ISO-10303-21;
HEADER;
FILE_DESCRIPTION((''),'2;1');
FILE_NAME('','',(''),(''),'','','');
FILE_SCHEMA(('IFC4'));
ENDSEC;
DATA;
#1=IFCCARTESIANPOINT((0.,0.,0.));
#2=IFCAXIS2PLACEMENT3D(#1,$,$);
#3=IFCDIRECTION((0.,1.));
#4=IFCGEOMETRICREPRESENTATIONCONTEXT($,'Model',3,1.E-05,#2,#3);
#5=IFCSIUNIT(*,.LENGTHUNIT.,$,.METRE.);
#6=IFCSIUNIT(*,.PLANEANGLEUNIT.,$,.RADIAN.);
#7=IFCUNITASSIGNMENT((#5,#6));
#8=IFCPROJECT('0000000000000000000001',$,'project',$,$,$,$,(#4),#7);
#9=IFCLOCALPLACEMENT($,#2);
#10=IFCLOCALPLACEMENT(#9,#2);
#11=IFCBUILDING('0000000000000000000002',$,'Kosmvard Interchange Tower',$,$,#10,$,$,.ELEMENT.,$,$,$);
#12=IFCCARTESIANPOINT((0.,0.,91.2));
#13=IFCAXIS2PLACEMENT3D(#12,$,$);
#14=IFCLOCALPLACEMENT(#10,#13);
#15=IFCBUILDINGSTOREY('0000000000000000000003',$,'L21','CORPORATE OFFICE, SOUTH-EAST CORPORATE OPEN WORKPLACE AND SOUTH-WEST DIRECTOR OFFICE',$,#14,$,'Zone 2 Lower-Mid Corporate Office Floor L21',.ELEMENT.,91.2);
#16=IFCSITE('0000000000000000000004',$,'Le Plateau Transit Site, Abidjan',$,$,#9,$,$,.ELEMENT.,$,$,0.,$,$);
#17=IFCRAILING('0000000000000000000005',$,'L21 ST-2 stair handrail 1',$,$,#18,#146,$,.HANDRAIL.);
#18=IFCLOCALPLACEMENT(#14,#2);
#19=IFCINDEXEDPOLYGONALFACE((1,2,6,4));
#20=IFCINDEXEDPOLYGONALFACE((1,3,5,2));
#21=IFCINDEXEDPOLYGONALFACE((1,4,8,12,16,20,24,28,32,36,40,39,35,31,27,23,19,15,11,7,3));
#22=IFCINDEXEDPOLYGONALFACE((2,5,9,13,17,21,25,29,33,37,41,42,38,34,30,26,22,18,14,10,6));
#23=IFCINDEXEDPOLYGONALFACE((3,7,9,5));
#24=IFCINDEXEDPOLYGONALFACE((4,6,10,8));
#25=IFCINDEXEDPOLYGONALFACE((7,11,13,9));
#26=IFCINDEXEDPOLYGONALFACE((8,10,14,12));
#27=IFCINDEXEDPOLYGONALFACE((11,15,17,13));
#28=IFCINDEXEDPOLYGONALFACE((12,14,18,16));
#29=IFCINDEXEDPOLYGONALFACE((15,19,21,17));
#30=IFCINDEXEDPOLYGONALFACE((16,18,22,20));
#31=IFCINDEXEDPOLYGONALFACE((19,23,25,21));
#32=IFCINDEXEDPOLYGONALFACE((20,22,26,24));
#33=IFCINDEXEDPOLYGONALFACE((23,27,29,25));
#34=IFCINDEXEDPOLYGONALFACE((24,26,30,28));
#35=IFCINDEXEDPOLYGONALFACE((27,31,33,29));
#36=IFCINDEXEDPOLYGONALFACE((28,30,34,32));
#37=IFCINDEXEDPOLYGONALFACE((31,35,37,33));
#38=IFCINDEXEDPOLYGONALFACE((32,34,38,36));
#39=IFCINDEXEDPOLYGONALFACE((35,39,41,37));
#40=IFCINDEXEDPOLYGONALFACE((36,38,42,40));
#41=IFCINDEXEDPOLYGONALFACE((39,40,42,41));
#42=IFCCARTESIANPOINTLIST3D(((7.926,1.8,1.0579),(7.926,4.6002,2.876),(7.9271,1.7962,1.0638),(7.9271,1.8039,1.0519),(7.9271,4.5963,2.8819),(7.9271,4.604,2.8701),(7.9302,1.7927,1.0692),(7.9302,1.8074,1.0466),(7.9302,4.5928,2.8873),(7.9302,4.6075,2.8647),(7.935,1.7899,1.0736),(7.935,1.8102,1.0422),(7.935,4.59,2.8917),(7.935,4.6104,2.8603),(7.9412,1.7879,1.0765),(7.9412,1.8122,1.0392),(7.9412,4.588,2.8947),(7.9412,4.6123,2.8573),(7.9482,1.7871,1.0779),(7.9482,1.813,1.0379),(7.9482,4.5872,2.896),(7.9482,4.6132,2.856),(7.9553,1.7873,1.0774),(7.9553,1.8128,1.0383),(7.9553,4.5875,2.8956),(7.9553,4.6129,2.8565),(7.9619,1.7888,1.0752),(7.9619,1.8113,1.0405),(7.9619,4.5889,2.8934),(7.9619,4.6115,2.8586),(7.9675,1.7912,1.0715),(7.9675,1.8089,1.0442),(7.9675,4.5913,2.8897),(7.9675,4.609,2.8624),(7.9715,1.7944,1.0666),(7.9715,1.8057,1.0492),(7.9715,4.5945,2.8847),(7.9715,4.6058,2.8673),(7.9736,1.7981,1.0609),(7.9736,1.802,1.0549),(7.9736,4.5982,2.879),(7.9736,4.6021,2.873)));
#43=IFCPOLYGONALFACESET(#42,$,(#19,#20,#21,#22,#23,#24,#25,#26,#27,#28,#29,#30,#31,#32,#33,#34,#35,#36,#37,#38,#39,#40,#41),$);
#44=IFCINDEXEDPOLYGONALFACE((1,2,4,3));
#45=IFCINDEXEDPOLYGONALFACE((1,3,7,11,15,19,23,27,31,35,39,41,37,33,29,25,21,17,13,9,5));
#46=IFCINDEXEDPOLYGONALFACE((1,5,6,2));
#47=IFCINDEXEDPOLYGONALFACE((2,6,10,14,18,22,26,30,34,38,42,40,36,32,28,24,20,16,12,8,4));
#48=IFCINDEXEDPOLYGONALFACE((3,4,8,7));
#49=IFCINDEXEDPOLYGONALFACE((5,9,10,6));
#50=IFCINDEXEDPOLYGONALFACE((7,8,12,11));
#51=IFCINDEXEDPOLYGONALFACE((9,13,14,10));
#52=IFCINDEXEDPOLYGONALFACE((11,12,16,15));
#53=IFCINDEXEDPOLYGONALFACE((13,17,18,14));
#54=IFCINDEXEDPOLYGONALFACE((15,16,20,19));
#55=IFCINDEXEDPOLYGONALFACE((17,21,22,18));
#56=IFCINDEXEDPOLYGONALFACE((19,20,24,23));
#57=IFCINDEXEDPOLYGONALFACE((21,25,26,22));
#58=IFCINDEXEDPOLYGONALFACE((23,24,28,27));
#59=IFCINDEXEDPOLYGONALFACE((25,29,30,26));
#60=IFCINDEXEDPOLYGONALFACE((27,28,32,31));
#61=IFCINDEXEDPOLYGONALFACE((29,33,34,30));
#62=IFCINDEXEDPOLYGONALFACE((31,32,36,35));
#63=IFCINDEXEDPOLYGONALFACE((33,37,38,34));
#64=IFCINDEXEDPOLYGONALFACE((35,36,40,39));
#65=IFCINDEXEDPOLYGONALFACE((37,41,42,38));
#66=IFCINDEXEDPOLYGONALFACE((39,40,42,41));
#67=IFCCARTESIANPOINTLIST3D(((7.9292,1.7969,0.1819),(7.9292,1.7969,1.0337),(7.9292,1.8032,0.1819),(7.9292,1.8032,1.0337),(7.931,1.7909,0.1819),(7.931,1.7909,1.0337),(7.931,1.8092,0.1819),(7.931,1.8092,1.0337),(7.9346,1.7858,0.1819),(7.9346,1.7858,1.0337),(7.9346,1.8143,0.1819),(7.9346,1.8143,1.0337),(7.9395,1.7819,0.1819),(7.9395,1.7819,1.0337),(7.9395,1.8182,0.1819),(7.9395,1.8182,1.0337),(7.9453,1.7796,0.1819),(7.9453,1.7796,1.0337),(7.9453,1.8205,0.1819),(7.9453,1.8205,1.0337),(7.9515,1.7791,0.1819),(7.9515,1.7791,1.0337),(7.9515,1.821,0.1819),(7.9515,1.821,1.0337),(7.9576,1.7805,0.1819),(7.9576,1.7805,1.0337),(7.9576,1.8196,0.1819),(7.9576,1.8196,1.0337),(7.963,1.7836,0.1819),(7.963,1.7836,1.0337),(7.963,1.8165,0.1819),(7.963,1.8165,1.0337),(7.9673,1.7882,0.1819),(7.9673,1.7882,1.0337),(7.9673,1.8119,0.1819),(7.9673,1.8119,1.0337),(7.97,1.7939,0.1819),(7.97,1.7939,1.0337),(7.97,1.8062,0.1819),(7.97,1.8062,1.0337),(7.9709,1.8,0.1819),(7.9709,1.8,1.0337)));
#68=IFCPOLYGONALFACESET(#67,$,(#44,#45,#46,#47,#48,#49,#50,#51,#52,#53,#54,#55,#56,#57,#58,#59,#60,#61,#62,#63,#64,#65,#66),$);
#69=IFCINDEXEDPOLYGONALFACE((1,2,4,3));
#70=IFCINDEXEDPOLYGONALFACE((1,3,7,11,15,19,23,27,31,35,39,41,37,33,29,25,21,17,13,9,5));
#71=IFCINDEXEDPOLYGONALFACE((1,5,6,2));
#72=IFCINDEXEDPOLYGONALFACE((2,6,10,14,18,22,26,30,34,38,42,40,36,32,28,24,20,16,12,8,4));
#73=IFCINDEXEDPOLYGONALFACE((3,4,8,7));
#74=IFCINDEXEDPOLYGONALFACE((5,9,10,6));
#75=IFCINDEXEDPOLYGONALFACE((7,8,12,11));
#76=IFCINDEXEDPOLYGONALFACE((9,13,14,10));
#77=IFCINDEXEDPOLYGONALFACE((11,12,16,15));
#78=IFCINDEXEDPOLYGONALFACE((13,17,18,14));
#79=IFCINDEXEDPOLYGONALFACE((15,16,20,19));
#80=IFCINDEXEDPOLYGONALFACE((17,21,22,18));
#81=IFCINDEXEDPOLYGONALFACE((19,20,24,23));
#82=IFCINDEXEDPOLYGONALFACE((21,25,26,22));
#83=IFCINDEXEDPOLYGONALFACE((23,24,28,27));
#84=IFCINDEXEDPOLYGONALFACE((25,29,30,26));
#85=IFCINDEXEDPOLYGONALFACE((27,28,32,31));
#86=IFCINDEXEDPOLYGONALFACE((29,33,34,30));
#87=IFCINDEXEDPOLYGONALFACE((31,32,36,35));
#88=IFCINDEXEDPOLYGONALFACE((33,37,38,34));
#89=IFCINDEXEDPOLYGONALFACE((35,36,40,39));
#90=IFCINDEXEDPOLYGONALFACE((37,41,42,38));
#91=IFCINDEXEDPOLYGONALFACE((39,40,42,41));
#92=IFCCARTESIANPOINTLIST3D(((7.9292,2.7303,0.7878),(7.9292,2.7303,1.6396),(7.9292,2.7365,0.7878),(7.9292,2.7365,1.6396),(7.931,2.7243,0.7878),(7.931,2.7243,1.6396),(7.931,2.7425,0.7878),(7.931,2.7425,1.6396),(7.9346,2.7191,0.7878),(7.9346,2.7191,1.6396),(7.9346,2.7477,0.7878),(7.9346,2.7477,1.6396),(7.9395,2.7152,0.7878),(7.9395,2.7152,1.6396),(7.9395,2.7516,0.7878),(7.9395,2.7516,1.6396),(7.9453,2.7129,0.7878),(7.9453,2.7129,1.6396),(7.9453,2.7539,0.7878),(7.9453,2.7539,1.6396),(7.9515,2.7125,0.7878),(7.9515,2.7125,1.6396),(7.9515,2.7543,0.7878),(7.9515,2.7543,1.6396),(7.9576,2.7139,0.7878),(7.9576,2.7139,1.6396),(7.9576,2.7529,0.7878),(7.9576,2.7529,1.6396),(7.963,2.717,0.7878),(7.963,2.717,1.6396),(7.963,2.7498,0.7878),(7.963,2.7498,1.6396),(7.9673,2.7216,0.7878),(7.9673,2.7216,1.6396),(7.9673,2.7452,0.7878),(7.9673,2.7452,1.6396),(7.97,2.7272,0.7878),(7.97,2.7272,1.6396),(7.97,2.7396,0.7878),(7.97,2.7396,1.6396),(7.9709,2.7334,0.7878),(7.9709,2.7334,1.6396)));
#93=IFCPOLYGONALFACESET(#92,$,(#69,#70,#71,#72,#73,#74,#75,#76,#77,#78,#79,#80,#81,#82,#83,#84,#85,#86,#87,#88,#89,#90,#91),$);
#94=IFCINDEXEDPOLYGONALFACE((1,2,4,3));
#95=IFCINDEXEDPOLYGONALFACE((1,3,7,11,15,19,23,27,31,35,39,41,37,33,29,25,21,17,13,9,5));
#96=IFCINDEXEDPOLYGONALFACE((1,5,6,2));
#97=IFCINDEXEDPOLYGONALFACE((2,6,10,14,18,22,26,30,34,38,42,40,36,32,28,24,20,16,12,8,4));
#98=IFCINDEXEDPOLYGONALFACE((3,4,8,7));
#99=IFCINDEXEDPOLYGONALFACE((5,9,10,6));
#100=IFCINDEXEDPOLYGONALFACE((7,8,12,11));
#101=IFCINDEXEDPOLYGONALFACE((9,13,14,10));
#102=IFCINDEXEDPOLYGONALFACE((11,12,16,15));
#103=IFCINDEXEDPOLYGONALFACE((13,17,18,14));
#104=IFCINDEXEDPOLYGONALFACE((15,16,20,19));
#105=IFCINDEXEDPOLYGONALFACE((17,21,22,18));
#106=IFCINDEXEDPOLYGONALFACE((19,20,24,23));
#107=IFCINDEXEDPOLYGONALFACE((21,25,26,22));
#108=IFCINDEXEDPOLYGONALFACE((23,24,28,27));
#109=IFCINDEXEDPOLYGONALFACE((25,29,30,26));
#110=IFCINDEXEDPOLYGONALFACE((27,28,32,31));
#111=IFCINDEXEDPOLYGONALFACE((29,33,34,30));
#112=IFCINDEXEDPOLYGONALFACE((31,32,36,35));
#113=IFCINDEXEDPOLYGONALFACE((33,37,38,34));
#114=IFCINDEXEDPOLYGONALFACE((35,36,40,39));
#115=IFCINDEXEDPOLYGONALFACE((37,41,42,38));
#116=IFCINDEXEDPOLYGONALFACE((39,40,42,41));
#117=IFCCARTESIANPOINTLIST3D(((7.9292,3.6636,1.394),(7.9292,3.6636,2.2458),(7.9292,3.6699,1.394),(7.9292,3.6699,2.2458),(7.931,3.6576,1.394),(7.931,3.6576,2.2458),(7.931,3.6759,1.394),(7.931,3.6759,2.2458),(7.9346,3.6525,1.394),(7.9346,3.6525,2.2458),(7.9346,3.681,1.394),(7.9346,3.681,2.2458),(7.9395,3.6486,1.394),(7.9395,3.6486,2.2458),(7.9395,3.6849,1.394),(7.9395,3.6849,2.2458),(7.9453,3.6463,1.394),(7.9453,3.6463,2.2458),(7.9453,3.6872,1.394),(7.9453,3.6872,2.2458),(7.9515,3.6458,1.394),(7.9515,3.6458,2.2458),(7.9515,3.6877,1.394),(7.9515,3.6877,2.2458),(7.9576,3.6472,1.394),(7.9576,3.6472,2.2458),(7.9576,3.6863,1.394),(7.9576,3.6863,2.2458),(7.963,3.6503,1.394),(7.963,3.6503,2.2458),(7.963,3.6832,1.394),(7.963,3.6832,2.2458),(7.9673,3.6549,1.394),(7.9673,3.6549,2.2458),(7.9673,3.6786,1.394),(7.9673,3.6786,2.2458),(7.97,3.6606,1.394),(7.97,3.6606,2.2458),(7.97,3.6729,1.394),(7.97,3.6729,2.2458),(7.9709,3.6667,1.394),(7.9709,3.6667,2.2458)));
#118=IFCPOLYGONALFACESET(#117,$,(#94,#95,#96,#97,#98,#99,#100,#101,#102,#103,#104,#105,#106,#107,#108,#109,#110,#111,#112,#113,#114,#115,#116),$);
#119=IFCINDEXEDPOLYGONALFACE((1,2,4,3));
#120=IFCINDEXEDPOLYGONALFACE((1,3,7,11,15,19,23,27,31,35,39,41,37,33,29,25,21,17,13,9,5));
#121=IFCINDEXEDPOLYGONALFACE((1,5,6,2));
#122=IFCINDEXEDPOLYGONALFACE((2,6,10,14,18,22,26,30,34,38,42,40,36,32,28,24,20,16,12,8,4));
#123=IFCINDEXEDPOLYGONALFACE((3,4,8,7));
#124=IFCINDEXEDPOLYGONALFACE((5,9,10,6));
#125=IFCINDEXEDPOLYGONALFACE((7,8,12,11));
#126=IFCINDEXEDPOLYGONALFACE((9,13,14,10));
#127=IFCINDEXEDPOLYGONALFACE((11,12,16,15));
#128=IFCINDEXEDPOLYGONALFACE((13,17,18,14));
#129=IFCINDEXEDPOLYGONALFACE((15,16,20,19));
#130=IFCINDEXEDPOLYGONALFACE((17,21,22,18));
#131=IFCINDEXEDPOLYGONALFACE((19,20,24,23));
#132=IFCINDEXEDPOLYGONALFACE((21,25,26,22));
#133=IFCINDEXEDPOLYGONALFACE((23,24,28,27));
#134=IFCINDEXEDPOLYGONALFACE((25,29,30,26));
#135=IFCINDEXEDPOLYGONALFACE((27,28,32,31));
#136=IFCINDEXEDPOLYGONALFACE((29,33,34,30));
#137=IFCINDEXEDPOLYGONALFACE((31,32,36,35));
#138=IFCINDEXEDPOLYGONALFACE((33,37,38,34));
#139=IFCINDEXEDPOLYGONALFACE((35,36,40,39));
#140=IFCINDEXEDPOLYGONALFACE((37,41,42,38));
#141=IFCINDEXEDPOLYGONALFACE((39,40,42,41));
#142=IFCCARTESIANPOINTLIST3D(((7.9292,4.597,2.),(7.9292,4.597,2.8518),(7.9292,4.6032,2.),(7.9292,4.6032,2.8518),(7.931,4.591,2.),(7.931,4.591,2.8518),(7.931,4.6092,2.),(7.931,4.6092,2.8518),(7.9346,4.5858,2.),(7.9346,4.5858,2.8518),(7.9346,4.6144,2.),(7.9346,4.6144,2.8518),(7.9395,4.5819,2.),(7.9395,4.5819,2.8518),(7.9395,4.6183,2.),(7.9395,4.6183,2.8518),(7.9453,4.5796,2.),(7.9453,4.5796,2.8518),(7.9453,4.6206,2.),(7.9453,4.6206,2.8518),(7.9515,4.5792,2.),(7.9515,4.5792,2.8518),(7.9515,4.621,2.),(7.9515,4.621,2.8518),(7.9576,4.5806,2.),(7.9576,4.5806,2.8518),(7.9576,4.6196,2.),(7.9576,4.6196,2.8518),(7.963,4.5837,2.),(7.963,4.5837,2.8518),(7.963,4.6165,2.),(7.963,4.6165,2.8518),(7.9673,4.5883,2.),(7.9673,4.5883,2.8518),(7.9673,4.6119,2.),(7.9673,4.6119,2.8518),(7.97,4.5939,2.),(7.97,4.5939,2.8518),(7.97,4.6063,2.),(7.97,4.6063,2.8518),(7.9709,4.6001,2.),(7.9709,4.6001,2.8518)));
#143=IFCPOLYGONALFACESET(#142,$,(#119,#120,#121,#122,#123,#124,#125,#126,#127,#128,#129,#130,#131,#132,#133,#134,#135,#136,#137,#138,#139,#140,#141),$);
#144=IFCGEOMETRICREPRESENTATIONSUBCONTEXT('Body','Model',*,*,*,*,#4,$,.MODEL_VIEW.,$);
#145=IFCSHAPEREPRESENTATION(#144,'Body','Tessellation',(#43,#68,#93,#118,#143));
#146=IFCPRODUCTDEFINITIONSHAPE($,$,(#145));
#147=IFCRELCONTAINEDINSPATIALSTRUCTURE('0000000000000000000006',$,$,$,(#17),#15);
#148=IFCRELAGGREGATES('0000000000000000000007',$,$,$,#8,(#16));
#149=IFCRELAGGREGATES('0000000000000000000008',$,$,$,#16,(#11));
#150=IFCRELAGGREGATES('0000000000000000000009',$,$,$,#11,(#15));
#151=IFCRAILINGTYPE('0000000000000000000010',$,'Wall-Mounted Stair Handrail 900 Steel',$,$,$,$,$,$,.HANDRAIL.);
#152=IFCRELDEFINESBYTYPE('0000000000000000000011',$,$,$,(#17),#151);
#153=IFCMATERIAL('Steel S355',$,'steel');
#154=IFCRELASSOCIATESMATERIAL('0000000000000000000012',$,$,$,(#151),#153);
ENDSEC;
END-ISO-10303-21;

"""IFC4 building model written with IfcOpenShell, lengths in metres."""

from ifc_helpers import new_model, si_unit, direction, frame, origin, origin_2d, place, context, subcontext, project, spatial, circle, extrude, source, transform, mapped, material, type_object, element, save


model = new_model("IFC4")

# Units and contexts
model_context = context("Model", 3, precision=1e-05, world=origin(), true_north=direction((0.0, 1.0)))
body_context = subcontext(model_context, "Body", "Model", "MODEL_VIEW")
ifc_project = project(units=[si_unit("LENGTHUNIT", "METRE"), si_unit("PLANEANGLEUNIT", "RADIAN")], contexts=[model_context])

# Site, building, storey
site_placement = place(None, origin())
site = spatial("IfcSite", under=ifc_project, at=site_placement, Name="Le Plateau Transit Site, Abidjan", CompositionType="ELEMENT", RefElevation=0.0)
building_placement = place(site_placement, origin())
building = spatial("IfcBuilding", under=site, at=building_placement, Name="Kosmvard Interchange Tower", CompositionType="ELEMENT")
storey_placement = place(building_placement, frame((0.0, 0.0, 91.2)))
storey = spatial("IfcBuildingStorey", under=building, at=storey_placement, Name="L21", Description="CORPORATE OFFICE, SOUTH-EAST CORPORATE OPEN WORKPLACE AND SOUTH-WEST DIRECTOR OFFICE", LongName="Zone 2 Lower-Mid Corporate Office Floor L21", CompositionType="ELEMENT", Elevation=91.2)

# Shared definitions
ifc_material_1 = material(Name="Steel S355", Category="steel")

# Railing
railing_type_1 = type_object("IfcRailingType", Name="Wall-Mounted Stair Handrail 900 Steel", PredefinedType="HANDRAIL", material=ifc_material_1)
shared_shape_1 = source(origin(), body_context, "Body", "SweptSolid", [
    extrude(circle(Radius=0.0239, at=origin_2d()), frame((0.0, 0.0, 0.876), z_axis=(0.0, 0.838706, 0.544585), x_axis=(-1.0, 0.0, 0.0)), (0.0, 0.0, 1.0), 3.3386),
    extrude(circle(Radius=0.021, at=origin_2d()), origin(), (0.0, 0.0, 1.0), 0.8518),
    extrude(circle(Radius=0.021, at=origin_2d()), frame((0.0, 0.9333, 0.606)), (0.0, 0.0, 1.0), 0.8518),
    extrude(circle(Radius=0.021, at=origin_2d()), frame((0.0, 1.8667, 1.2122)), (0.0, 0.0, 1.0), 0.8518),
    extrude(circle(Radius=0.021, at=origin_2d()), frame((0.0, 2.8, 1.8181)), (0.0, 0.0, 1.0), 0.8518),
])
railing_1_placement = place(storey_placement, frame((7.95, 1.8, 0.1819)))
element("IfcRailing", 1, at=railing_1_placement, inside=storey, type_object=railing_type_1, Name="L21 ST-2 stair handrail 1", PredefinedType="HANDRAIL", context=body_context, shape_type="MappedRepresentation", body=[
    mapped(shared_shape_1, transform((0.0, 0.0, 0.0), scale=1.0)),
])

save(model, "model.ifc")
